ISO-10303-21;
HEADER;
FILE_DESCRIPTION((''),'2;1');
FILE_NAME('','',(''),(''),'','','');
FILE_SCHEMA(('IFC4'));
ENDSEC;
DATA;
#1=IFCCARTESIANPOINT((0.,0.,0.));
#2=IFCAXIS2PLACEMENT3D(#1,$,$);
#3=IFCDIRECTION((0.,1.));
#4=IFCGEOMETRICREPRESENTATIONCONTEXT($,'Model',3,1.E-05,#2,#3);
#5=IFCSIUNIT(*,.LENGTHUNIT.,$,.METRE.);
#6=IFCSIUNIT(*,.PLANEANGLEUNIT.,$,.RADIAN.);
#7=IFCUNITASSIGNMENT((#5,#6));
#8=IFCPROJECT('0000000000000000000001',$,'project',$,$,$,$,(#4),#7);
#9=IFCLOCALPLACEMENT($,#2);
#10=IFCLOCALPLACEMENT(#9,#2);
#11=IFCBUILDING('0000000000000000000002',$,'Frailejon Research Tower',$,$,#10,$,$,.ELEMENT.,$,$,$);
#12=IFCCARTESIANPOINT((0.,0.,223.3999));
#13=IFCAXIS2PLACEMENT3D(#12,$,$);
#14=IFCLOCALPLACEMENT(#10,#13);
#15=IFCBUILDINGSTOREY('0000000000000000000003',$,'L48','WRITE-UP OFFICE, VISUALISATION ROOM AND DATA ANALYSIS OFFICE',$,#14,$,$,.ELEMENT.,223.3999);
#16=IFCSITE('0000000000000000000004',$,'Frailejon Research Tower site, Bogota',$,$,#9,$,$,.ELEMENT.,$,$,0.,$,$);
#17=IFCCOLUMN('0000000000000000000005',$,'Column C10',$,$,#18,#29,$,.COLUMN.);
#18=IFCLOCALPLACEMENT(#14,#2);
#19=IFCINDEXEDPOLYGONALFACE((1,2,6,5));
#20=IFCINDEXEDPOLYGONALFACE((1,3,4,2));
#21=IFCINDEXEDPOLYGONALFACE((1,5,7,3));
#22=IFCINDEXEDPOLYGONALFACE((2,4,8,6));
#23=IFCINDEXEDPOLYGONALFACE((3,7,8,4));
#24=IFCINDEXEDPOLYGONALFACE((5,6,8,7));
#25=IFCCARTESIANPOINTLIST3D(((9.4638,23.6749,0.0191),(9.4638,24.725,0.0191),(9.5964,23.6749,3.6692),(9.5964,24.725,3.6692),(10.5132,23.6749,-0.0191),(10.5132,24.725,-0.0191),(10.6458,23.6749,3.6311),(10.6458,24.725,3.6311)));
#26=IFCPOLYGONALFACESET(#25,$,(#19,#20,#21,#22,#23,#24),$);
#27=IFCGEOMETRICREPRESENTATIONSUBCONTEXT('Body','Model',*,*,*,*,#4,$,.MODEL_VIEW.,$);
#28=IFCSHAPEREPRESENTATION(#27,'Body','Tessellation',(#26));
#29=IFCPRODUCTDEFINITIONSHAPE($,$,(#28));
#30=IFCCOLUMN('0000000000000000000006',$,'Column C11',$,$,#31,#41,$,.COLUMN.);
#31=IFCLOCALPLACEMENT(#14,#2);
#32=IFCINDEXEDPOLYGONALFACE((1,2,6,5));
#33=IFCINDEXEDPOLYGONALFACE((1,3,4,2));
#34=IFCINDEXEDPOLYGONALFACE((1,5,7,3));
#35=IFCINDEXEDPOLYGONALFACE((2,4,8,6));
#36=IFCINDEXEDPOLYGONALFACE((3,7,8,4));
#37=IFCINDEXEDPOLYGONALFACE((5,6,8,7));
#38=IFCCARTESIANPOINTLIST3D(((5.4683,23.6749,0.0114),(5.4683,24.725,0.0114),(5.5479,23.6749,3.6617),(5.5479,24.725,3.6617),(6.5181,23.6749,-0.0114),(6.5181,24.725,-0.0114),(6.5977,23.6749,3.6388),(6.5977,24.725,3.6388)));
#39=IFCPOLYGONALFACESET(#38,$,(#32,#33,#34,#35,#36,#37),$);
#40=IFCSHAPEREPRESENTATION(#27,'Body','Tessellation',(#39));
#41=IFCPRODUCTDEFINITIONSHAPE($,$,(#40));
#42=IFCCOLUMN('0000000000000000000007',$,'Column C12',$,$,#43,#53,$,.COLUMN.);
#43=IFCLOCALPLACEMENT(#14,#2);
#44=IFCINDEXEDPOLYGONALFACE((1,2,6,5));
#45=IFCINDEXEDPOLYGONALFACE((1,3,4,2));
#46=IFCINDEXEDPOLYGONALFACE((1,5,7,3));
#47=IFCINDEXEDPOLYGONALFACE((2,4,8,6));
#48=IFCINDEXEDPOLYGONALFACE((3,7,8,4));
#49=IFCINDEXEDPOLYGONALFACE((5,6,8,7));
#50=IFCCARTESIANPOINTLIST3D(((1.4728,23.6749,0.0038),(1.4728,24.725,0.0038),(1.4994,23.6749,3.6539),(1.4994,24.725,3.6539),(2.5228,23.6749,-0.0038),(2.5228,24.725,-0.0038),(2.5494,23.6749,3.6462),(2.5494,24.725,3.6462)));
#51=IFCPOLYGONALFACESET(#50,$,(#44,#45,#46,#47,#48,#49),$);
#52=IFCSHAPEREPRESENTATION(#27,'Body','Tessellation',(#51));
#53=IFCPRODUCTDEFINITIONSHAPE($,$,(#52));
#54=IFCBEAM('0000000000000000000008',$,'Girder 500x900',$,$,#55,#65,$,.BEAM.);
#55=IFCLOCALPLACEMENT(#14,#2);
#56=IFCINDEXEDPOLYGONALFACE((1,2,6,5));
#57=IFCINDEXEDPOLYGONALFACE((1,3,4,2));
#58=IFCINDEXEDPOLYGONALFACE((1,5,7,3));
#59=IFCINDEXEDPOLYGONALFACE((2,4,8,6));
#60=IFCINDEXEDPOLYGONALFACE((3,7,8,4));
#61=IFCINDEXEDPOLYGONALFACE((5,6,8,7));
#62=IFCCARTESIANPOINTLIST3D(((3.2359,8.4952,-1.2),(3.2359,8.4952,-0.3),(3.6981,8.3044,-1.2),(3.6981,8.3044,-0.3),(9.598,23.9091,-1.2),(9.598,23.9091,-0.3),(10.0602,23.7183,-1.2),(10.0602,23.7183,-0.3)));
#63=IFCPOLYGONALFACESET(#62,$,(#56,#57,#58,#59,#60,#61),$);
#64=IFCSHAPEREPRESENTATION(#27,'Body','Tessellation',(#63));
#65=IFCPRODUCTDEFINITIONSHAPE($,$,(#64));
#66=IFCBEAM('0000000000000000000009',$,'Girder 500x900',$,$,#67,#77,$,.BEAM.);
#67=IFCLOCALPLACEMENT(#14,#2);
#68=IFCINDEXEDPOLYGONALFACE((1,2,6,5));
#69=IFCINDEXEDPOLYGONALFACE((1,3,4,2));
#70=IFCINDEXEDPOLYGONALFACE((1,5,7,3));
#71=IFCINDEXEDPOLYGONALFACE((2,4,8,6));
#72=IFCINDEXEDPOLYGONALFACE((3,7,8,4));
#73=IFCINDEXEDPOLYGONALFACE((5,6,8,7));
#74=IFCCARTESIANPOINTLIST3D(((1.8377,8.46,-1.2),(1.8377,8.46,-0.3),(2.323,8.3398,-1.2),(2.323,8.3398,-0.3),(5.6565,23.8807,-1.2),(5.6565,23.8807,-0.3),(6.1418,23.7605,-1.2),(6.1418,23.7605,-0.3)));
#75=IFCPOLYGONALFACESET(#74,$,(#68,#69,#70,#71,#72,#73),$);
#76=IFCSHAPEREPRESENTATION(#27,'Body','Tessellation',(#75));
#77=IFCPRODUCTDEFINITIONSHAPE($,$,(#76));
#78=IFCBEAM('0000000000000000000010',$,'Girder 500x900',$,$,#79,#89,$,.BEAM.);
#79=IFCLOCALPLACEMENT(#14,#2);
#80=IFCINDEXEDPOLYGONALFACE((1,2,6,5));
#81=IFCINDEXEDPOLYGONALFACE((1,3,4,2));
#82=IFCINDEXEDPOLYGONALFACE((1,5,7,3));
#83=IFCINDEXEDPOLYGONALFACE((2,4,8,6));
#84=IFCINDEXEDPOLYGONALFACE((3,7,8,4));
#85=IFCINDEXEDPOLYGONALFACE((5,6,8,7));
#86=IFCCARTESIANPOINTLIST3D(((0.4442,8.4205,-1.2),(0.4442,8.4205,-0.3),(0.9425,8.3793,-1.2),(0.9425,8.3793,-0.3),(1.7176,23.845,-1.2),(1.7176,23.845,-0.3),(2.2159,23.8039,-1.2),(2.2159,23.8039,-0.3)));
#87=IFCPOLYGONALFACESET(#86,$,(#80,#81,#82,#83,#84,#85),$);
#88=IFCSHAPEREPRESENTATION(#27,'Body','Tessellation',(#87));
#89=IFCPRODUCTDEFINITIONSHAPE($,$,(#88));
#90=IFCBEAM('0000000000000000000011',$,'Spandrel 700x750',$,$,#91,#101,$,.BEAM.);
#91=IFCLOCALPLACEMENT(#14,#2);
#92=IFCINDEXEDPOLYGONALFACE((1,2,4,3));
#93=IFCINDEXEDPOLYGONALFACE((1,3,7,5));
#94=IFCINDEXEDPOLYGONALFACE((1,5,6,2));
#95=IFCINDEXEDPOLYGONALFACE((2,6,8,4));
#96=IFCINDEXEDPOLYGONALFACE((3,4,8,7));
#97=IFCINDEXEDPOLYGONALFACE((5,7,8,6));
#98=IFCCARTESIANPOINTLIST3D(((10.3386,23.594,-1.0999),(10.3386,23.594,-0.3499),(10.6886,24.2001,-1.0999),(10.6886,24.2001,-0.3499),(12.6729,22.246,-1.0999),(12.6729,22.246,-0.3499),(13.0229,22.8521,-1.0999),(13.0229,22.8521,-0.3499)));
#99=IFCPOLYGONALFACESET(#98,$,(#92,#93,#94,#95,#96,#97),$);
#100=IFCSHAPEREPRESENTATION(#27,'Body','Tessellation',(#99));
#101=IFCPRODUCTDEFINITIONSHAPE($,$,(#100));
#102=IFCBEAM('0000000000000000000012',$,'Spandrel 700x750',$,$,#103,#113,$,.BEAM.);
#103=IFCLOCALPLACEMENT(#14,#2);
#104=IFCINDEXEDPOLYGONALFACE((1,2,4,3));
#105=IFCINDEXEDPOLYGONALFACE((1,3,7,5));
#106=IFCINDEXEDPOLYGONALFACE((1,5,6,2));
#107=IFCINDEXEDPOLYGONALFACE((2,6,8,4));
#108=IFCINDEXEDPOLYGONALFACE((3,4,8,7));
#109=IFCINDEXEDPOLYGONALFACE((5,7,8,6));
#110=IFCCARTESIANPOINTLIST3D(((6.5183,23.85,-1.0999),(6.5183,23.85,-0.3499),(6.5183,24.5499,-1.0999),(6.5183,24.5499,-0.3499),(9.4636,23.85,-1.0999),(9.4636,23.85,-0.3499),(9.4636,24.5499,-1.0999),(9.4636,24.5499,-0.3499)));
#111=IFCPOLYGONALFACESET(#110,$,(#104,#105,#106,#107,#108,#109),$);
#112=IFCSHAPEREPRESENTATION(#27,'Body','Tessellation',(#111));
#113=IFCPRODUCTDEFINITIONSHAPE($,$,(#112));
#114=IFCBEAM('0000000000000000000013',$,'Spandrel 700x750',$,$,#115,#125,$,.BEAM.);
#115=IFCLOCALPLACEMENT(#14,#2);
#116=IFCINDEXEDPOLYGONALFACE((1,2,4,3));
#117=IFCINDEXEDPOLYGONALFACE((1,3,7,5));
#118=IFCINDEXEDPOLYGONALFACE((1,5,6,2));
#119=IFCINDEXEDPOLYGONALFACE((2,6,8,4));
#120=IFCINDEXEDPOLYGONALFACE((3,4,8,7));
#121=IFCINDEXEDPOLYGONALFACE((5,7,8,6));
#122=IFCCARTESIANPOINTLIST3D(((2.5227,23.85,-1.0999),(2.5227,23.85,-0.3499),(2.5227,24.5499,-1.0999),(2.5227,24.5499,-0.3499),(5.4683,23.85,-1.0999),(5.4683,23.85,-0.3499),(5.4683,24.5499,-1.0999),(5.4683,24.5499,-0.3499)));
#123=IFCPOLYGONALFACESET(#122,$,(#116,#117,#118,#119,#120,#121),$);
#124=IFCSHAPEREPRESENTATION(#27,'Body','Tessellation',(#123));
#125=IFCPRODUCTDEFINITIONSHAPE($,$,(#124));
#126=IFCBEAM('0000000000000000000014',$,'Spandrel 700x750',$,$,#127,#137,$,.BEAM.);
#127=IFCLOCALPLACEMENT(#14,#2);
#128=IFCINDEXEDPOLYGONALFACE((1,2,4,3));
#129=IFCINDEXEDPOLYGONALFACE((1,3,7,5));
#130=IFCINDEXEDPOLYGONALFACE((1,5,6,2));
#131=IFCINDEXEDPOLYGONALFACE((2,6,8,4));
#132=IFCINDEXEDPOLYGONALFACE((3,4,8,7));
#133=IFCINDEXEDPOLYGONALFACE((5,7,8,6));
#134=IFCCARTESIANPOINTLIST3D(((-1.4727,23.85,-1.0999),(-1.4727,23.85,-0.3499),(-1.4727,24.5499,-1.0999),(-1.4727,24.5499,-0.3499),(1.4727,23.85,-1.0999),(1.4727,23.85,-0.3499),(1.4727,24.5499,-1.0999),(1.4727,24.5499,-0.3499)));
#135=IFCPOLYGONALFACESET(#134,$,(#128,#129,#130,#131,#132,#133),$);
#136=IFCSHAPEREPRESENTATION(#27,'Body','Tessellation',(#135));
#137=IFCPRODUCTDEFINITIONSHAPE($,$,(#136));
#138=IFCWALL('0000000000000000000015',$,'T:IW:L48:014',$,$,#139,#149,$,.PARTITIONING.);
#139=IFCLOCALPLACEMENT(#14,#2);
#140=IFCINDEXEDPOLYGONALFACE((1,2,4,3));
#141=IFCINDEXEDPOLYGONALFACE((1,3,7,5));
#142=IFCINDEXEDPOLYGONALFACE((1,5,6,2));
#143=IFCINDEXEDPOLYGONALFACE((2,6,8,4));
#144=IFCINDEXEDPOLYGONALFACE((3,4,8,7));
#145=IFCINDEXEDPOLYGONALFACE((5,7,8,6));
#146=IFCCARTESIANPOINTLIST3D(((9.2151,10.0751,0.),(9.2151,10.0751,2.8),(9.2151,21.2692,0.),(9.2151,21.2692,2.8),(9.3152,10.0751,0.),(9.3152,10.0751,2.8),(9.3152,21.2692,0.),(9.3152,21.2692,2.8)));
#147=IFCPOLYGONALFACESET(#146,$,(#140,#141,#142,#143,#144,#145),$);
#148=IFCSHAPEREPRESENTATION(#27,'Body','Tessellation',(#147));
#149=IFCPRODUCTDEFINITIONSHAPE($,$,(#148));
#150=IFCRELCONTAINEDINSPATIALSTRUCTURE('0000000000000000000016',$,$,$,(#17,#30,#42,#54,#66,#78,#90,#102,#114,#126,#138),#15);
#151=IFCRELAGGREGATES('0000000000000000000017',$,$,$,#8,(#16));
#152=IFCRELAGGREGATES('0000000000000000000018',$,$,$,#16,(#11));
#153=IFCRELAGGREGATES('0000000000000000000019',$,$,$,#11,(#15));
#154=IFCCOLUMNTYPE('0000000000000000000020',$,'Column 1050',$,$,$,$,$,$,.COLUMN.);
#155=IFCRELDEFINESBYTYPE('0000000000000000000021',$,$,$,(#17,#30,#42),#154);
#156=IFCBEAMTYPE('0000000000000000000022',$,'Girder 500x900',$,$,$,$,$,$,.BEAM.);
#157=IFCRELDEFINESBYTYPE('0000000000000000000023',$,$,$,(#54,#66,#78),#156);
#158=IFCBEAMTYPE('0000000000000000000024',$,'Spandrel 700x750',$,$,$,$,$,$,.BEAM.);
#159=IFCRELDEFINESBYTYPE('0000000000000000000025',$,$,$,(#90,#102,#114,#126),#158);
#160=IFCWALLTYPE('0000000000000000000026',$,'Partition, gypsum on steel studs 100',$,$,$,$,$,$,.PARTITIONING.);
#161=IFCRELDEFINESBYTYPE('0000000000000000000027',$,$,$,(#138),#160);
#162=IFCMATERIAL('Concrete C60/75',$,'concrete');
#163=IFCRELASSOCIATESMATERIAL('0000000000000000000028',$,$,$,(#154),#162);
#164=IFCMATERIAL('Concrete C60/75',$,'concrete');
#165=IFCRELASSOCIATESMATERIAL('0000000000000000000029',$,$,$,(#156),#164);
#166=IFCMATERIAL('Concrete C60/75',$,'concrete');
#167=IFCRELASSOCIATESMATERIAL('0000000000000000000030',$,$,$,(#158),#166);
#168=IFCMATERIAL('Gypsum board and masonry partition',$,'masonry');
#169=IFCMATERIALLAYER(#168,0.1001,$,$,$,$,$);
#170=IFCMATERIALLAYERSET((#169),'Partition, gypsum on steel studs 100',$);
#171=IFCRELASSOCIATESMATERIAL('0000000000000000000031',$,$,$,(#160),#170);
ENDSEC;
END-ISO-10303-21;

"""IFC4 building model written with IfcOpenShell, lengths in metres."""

from ifc_helpers import new_model, si_unit, direction, frame, frame_2d, origin, origin_2d, place, context, subcontext, project, spatial, rectangle, extrude, material, layer, layer_set, material_profile, profile_set, type_object, element, save


model = new_model("IFC4")

# Units and contexts
model_context = context("Model", 3, precision=1e-05, world=origin(), true_north=direction((0.0, 1.0)))
body_context = subcontext(model_context, "Body", "Model", "MODEL_VIEW")
ifc_project = project(units=[si_unit("LENGTHUNIT", "METRE"), si_unit("PLANEANGLEUNIT", "RADIAN")], contexts=[model_context])

# Site, building, storey
site_placement = place(None, origin())
site = spatial("IfcSite", under=ifc_project, at=site_placement, Name="Frailejon Research Tower site, Bogota", CompositionType="ELEMENT", RefElevation=0.0)
building_placement = place(site_placement, origin())
building = spatial("IfcBuilding", under=site, at=building_placement, Name="Frailejon Research Tower", CompositionType="ELEMENT")
storey_placement = place(building_placement, frame((0.0, 0.0, 223.3999)))
storey = spatial("IfcBuildingStorey", under=building, at=storey_placement, Name="L48", Description="WRITE-UP OFFICE, VISUALISATION ROOM AND DATA ANALYSIS OFFICE", CompositionType="ELEMENT", Elevation=223.3999)

# Columns
ifc_material_1 = material(Name="Concrete C60/75", Category="concrete")
ifc_material_profile_1 = material_profile(ifc_material_1, rectangle(XDim=1.05, YDim=1.05, at=origin_2d()), Name="Column 1050")
ifc_profile_set_1 = profile_set([ifc_material_profile_1], Name="Concrete C60/75")
column_type = type_object("IfcColumnType", Name="Column 1050", PredefinedType="COLUMN", material=ifc_profile_set_1)
column_1_placement = place(storey_placement, frame((9.9885, 24.2, 0.0), z_axis=(0.036295, 0.0, 0.999341), x_axis=(-0.999341, 0.0, 0.036295)))
element("IfcColumn", 1, at=column_1_placement, inside=storey, type_object=column_type, Name="Column C10", PredefinedType="COLUMN", context=body_context, shape_type="SweptSolid", body=[
    extrude(rectangle(XDim=1.05, YDim=1.05, at=origin_2d()), origin(), (0.0, 0.0, 1.0), 3.6526),
])
column_2_placement = place(storey_placement, frame((5.9932, 24.2, 0.0), z_axis=(0.021799, 0.0, 0.999762), x_axis=(-0.999762, 0.0, 0.021799)))
element("IfcColumn", 2, at=column_2_placement, inside=storey, type_object=column_type, Name="Column C11", PredefinedType="COLUMN", context=body_context, shape_type="SweptSolid", body=[
    extrude(rectangle(XDim=1.05, YDim=1.05, at=origin_2d()), origin(), (0.0, 0.0, 1.0), 3.6511),
])
column_3_placement = place(storey_placement, frame((1.9978, 24.2, 0.0), z_axis=(0.00729, 0.0, 0.999973), x_axis=(-0.999973, 0.0, 0.00729)))
element("IfcColumn", 3, at=column_3_placement, inside=storey, type_object=column_type, Name="Column C12", PredefinedType="COLUMN", context=body_context, shape_type="SweptSolid", body=[
    extrude(rectangle(XDim=1.05, YDim=1.05, at=origin_2d()), origin(), (0.0, 0.0, 1.0), 3.6501),
])

# Beams
ifc_material_2 = material(Name="Concrete C60/75", Category="concrete")
ifc_material_profile_2 = material_profile(ifc_material_2, rectangle(XDim=0.5, YDim=0.8999, at=origin_2d()), Name="Girder 500x900")
ifc_profile_set_2 = profile_set([ifc_material_profile_2], Name="Concrete C60/75")
beam_type_1 = type_object("IfcBeamType", Name="Girder 500x900", PredefinedType="BEAM", material=ifc_profile_set_2)
beam_1_placement = place(storey_placement, frame((9.8291, 23.8137, -0.75), z_axis=(-0.381529, -0.924357, 0.0), x_axis=(0.924357, -0.381529, 0.0)))
element("IfcBeam", 4, at=beam_1_placement, inside=storey, type_object=beam_type_1, Name="Girder 500x900", PredefinedType="BEAM", context=body_context, shape_type="SweptSolid", body=[
    extrude(rectangle(XDim=0.5, YDim=0.8999, at=origin_2d()), origin(), (0.0, 0.0, 1.0), 16.6753),
])
beam_2_placement = place(storey_placement, frame((5.8992, 23.8206, -0.75), z_axis=(-0.240384, -0.970678, 0.0), x_axis=(0.970678, -0.240384, 0.0)))
element("IfcBeam", 5, at=beam_2_placement, inside=storey, type_object=beam_type_1, Name="Girder 500x900", PredefinedType="BEAM", context=body_context, shape_type="SweptSolid", body=[
    extrude(rectangle(XDim=0.5, YDim=0.8999, at=origin_2d()), origin(), (0.0, 0.0, 1.0), 15.8865),
])
beam_3_placement = place(storey_placement, frame((1.9668, 23.8245, -0.75), z_axis=(-0.082279, -0.996609, 0.0), x_axis=(0.996609, -0.082279, 0.0)))
element("IfcBeam", 6, at=beam_3_placement, inside=storey, type_object=beam_type_1, Name="Girder 500x900", PredefinedType="BEAM", context=body_context, shape_type="SweptSolid", body=[
    extrude(rectangle(XDim=0.5, YDim=0.8999, at=origin_2d()), origin(), (0.0, 0.0, 1.0), 15.4771),
])
ifc_material_3 = material(Name="Concrete C60/75", Category="concrete")
ifc_material_profile_3 = material_profile(ifc_material_3, rectangle(XDim=0.7, YDim=0.75, at=origin_2d()), Name="Spandrel 700x750")
ifc_profile_set_3 = profile_set([ifc_material_profile_3], Name="Concrete C60/75")
beam_type_2 = type_object("IfcBeamType", Name="Spandrel 700x750", PredefinedType="BEAM", material=ifc_profile_set_3)
beam_4_placement = place(storey_placement, frame((12.8479, 22.5491, -0.7249), z_axis=(-0.865988, 0.500065, 0.0), x_axis=(-0.500065, -0.865988, 0.0)))
element("IfcBeam", 7, at=beam_4_placement, inside=storey, type_object=beam_type_2, Name="Spandrel 700x750", PredefinedType="BEAM", context=body_context, shape_type="SweptSolid", body=[
    extrude(rectangle(XDim=0.7, YDim=0.75, at=origin_2d()), origin(), (0.0, 0.0, 1.0), 2.6956),
])
beam_5_placement = place(storey_placement, frame((9.4636, 24.2, -0.7249), z_axis=(-1.0, 0.0, 0.0), x_axis=(0.0, -1.0, 0.0)))
element("IfcBeam", 8, at=beam_5_placement, inside=storey, type_object=beam_type_2, Name="Spandrel 700x750", PredefinedType="BEAM", context=body_context, shape_type="SweptSolid", body=[
    extrude(rectangle(XDim=0.7, YDim=0.75, at=origin_2d()), origin(), (0.0, 0.0, 1.0), 2.9453),
])
beam_6_placement = place(storey_placement, frame((5.4683, 24.2, -0.7249), z_axis=(-1.0, 0.0, 0.0), x_axis=(0.0, -1.0, 0.0)))
element("IfcBeam", 9, at=beam_6_placement, inside=storey, type_object=beam_type_2, Name="Spandrel 700x750", PredefinedType="BEAM", context=body_context, shape_type="SweptSolid", body=[
    extrude(rectangle(XDim=0.7, YDim=0.75, at=origin_2d()), origin(), (0.0, 0.0, 1.0), 2.9456),
])
beam_7_placement = place(storey_placement, frame((1.4727, 24.2, -0.7249), z_axis=(-1.0, 0.0, 0.0), x_axis=(0.0, -1.0, 0.0)))
element("IfcBeam", 10, at=beam_7_placement, inside=storey, type_object=beam_type_2, Name="Spandrel 700x750", PredefinedType="BEAM", context=body_context, shape_type="SweptSolid", body=[
    extrude(rectangle(XDim=0.7, YDim=0.75, at=origin_2d()), origin(), (0.0, 0.0, 1.0), 2.9453),
])

# Wall
ifc_material_4 = material(Name="Gypsum board and masonry partition", Category="masonry")
ifc_layer_1 = layer(ifc_material_4, 0.1001)
ifc_layer_set_1 = layer_set([ifc_layer_1], Name="Partition, gypsum on steel studs 100")
wall_type_1 = type_object("IfcWallType", Name="Partition, gypsum on steel studs 100", PredefinedType="PARTITIONING", material=ifc_layer_set_1)
wall_1_placement = place(storey_placement, frame((9.2651, 10.075, 0.0), z_axis=(0.0, 0.0, 1.0), x_axis=(0.0, 1.0, 0.0)))
element("IfcWall", 11, at=wall_1_placement, inside=storey, type_object=wall_type_1, Name="T:IW:L48:014", PredefinedType="PARTITIONING", context=body_context, shape_type="SweptSolid", body=[
    extrude(rectangle(XDim=11.1941, YDim=0.1001, at=frame_2d((5.5972, 0.0))), origin(), (0.0, 0.0, 1.0), 2.8),
])

save(model, "model.ifc")
